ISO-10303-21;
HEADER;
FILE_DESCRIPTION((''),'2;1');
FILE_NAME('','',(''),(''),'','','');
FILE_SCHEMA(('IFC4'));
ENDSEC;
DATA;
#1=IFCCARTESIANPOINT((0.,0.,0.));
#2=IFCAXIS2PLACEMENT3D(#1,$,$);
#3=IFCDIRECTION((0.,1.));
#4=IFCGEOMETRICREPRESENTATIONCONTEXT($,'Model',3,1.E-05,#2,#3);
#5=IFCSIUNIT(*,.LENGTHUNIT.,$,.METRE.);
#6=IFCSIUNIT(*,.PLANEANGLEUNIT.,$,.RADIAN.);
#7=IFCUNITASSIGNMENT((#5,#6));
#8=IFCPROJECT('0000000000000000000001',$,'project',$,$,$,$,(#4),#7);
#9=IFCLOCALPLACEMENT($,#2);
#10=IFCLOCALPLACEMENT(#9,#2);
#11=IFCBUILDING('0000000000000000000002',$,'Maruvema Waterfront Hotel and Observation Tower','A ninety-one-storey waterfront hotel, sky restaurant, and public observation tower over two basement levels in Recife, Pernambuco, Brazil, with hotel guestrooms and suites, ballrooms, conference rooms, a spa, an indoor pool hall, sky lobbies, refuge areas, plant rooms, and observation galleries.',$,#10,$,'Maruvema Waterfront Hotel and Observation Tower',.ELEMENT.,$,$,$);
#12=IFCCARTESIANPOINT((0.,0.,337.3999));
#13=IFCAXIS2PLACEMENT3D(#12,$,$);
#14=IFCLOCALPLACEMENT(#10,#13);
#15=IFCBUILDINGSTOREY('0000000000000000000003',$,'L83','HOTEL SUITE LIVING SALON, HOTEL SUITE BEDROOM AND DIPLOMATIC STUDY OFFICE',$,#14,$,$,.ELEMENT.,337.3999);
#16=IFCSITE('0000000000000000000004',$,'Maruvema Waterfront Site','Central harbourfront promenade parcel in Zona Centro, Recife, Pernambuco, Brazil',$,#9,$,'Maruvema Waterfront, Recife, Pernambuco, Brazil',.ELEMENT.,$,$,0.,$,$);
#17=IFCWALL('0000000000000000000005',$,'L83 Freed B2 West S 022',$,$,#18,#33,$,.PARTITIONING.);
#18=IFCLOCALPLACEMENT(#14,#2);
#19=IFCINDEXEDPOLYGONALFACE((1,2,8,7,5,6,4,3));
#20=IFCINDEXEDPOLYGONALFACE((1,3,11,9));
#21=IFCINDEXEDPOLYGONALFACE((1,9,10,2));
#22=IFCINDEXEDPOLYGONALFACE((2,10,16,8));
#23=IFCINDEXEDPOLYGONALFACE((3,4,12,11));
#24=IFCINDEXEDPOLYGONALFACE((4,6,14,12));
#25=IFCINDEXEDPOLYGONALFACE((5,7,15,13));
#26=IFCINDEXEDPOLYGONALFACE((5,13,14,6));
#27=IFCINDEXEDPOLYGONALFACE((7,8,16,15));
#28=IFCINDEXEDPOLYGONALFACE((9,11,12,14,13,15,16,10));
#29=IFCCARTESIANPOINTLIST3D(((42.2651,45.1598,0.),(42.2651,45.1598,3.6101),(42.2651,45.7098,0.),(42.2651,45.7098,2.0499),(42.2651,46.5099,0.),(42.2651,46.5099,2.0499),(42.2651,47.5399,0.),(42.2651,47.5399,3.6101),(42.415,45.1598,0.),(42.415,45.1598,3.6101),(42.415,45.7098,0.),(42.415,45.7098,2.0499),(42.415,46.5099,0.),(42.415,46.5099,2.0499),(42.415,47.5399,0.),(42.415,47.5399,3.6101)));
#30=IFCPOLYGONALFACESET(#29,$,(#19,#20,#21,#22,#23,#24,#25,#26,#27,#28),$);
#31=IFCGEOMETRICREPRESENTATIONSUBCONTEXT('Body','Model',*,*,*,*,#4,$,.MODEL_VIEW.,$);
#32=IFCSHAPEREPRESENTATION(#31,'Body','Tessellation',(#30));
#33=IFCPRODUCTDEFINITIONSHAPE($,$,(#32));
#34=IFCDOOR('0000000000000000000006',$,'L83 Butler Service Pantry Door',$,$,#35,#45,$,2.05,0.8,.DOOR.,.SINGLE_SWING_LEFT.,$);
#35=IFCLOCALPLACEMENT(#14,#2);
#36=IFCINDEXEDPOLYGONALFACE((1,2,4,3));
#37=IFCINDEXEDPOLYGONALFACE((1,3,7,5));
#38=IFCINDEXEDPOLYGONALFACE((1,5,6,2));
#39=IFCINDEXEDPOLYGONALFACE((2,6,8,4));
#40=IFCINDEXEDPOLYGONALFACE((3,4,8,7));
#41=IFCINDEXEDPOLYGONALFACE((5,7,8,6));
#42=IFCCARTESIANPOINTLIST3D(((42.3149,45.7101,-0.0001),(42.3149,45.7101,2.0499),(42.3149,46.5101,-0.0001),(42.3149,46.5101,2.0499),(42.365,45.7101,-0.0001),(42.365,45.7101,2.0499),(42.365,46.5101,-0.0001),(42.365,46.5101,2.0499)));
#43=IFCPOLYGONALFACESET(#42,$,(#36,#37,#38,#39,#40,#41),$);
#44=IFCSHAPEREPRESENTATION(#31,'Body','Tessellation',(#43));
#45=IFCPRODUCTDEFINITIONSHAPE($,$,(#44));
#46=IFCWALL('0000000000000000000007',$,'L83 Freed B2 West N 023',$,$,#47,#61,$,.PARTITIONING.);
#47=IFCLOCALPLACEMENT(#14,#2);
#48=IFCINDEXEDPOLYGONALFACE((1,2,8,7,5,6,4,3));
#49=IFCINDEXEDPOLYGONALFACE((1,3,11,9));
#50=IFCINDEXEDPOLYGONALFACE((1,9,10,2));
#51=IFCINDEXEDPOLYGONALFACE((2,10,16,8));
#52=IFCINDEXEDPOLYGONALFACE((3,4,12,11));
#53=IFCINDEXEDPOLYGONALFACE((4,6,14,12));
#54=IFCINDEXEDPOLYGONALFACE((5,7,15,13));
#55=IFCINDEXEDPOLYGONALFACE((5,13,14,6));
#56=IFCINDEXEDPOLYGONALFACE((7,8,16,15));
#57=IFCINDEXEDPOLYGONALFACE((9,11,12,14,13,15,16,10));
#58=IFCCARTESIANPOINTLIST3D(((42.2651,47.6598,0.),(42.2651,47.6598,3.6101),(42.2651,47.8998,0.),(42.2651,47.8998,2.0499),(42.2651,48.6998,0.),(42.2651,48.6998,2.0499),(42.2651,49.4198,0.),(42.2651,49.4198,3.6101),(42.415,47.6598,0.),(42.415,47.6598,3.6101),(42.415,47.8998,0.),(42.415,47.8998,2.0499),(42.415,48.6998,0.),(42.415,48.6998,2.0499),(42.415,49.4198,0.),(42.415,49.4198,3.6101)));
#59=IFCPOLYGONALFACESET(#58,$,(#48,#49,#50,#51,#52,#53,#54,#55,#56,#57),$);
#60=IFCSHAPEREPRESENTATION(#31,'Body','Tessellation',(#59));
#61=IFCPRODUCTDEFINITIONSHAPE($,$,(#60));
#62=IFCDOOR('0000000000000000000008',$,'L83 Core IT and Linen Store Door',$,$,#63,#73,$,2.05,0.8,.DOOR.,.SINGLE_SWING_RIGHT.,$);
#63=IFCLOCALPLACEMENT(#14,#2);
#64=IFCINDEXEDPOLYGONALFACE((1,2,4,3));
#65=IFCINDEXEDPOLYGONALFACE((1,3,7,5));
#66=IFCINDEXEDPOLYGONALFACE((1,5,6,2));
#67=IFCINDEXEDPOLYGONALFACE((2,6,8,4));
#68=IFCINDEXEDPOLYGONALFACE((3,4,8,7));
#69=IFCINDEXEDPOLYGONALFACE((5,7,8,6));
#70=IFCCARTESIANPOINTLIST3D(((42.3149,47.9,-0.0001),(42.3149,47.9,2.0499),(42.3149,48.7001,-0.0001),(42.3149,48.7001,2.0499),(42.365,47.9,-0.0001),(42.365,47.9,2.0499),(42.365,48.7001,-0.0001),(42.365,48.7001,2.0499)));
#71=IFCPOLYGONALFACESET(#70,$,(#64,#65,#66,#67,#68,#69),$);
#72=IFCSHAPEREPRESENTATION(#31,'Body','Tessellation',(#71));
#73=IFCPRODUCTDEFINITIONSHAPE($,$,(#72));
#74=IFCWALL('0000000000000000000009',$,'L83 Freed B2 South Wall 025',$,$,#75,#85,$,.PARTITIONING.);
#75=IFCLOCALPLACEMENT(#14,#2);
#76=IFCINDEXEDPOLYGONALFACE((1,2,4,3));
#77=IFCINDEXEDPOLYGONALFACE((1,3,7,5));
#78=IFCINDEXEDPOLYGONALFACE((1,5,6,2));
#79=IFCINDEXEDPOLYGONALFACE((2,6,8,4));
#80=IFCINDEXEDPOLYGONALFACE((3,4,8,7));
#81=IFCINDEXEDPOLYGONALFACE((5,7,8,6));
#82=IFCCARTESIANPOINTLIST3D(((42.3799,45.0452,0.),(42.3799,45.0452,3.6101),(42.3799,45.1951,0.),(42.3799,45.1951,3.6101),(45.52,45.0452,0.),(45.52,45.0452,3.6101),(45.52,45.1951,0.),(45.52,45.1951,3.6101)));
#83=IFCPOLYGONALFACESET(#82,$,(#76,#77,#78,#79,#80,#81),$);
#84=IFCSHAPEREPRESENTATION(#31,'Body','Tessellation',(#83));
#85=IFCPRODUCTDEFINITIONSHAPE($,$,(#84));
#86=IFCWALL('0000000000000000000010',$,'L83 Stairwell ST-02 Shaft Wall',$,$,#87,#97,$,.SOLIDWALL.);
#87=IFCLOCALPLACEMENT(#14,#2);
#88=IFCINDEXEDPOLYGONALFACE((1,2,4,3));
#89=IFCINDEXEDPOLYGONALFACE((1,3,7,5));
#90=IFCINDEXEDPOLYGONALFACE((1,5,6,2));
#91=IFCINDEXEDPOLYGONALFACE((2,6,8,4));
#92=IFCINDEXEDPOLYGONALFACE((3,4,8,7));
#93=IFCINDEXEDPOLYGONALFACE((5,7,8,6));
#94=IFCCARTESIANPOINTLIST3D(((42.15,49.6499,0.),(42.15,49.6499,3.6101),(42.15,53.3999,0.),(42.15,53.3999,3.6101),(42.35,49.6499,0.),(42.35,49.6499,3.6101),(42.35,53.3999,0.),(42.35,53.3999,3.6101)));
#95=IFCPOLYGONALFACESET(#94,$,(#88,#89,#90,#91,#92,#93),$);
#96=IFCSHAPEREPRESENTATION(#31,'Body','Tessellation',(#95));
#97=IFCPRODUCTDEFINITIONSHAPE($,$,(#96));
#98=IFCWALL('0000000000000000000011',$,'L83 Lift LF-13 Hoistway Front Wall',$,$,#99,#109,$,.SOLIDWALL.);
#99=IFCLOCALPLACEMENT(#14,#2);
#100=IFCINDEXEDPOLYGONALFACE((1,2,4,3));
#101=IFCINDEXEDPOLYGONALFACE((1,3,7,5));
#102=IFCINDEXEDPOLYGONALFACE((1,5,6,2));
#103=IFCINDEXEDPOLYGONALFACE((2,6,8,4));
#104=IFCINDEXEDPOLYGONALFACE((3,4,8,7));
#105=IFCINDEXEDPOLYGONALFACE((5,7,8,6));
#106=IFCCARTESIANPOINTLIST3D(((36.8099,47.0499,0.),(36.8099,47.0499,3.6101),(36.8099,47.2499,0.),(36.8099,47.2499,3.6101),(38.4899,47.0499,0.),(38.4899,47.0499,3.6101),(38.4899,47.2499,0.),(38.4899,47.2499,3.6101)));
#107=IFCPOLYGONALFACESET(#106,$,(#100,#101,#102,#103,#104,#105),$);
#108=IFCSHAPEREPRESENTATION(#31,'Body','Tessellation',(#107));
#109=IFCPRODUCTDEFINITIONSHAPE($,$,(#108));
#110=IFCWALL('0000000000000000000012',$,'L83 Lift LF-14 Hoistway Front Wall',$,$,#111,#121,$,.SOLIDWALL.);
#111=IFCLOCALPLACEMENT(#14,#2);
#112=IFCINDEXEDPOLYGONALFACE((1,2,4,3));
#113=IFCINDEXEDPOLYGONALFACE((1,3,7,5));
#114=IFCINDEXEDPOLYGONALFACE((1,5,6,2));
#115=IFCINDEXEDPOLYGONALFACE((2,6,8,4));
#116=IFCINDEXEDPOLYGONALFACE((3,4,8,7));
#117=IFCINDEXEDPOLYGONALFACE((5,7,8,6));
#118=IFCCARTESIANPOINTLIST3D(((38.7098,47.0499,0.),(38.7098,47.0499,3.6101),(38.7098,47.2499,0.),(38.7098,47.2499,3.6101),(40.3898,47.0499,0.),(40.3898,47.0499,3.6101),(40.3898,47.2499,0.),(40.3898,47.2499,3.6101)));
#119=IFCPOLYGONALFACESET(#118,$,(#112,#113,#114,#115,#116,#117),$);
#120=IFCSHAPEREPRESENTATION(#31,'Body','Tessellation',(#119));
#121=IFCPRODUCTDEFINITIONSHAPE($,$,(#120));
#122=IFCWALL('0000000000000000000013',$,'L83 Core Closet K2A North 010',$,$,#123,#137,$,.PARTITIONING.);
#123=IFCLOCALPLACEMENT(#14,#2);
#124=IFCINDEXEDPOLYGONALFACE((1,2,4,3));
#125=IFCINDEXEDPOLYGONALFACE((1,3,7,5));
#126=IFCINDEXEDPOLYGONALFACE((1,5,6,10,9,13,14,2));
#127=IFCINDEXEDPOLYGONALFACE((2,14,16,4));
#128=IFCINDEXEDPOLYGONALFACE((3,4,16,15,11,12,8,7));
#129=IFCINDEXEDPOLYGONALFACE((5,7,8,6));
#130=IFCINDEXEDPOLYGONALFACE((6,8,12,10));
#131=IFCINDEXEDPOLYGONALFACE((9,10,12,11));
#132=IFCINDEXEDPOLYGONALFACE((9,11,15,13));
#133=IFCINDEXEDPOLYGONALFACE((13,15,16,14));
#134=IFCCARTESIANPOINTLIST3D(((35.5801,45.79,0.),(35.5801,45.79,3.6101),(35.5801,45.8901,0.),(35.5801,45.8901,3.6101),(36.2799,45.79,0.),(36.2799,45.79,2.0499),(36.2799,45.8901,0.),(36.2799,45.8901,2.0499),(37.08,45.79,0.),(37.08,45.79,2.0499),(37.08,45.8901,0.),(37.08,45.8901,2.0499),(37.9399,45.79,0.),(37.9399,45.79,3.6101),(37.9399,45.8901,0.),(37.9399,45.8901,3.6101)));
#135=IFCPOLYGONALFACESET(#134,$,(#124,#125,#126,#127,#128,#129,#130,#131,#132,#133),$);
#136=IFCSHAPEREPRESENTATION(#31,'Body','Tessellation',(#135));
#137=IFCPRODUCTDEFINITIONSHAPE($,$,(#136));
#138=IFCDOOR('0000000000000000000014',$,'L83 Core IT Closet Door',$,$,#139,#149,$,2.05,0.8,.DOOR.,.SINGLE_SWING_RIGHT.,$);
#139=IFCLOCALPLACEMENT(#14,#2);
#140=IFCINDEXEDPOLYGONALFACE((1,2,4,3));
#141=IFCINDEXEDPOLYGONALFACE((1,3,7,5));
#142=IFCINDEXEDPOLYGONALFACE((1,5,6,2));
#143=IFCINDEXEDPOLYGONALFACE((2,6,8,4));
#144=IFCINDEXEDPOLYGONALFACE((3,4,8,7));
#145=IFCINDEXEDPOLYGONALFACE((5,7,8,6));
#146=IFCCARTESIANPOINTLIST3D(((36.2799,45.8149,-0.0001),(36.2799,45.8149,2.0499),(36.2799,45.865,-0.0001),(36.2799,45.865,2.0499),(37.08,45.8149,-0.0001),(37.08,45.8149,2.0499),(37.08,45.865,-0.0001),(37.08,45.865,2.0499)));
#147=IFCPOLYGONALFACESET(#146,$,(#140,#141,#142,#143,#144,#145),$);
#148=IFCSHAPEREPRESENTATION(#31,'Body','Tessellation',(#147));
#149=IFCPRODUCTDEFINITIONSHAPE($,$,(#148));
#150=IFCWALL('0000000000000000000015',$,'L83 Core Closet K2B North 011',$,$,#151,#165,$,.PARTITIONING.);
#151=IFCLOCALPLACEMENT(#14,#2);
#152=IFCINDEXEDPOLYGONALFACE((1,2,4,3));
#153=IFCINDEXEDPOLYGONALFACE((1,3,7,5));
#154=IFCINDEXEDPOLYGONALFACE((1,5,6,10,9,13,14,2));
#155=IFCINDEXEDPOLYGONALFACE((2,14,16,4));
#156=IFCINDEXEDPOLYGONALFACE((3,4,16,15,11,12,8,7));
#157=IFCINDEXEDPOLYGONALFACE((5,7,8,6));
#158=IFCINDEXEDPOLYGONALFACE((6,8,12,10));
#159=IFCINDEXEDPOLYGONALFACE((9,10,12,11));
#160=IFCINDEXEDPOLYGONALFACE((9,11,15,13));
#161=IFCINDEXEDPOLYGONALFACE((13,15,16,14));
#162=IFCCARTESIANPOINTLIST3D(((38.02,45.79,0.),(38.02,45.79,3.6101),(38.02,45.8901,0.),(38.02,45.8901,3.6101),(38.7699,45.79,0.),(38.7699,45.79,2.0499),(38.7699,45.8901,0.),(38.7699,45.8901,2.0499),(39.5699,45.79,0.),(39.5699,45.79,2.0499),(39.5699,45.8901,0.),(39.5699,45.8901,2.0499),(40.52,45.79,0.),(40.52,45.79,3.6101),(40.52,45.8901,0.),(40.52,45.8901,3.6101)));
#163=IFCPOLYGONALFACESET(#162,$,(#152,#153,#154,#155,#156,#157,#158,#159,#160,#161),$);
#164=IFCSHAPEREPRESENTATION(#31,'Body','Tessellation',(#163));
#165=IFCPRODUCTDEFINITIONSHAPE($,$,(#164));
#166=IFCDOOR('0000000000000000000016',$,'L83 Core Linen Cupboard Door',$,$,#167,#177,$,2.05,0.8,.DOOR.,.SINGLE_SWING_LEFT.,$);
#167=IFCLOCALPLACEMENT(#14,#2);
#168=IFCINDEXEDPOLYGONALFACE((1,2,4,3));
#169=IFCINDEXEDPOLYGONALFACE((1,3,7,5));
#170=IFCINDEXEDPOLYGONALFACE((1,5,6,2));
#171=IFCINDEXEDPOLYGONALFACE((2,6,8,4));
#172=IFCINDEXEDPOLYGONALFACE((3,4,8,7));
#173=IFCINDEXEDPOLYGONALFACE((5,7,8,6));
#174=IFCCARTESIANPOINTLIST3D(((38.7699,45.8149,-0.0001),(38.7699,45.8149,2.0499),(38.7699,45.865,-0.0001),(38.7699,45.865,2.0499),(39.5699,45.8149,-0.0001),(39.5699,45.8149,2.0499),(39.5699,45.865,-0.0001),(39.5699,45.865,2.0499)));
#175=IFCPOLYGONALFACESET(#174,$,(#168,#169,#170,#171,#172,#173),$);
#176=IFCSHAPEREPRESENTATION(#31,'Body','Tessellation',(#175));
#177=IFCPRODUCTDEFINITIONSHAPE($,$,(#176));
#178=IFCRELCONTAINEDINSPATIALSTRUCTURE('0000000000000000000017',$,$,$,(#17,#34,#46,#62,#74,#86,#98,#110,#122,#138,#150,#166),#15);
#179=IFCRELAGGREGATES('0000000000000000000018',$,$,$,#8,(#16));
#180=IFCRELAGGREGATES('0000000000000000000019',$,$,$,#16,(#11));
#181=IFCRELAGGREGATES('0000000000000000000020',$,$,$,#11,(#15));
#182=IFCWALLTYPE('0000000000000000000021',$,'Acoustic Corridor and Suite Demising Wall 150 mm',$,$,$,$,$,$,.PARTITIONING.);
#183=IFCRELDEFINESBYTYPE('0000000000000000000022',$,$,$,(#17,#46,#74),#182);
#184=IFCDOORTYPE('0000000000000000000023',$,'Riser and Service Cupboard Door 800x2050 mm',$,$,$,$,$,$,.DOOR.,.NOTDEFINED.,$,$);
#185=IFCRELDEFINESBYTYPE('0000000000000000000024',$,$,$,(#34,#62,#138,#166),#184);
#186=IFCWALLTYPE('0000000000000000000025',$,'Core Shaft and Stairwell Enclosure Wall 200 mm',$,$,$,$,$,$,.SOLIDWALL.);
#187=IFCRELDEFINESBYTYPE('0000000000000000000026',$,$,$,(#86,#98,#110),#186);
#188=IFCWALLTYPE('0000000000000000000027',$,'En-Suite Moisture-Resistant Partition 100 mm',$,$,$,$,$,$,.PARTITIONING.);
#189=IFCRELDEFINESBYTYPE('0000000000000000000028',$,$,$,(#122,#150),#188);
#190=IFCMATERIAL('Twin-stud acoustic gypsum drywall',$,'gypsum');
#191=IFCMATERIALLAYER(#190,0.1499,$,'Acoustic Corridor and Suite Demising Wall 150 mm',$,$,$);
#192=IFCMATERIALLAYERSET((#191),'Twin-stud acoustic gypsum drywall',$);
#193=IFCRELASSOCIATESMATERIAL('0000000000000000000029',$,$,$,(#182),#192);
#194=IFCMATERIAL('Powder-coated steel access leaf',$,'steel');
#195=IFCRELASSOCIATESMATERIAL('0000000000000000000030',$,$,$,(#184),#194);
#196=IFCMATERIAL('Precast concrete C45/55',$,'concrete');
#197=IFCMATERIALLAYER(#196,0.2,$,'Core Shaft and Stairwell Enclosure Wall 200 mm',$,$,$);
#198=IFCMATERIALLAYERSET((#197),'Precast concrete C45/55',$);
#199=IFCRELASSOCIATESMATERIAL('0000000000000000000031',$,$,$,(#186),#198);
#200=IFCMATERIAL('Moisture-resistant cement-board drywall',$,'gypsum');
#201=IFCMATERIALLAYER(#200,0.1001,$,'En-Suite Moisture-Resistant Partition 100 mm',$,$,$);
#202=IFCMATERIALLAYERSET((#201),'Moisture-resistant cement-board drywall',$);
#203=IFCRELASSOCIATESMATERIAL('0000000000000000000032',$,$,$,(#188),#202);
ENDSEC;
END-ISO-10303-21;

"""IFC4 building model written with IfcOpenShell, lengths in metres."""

from ifc_helpers import new_model, si_unit, direction, frame, frame_2d, origin, place, context, subcontext, project, spatial, rectangle, extrude, material, layer, layer_set, type_object, element, fill, save


model = new_model("IFC4")

# Units and contexts
model_context = context("Model", 3, precision=1e-05, world=origin(), true_north=direction((0.0, 1.0)))
body_context = subcontext(model_context, "Body", "Model", "MODEL_VIEW")
ifc_project = project(units=[si_unit("LENGTHUNIT", "METRE"), si_unit("PLANEANGLEUNIT", "RADIAN")], contexts=[model_context])

# Site, building, storey
site_placement = place(None, origin())
site = spatial("IfcSite", under=ifc_project, at=site_placement, Name="Maruvema Waterfront Site", Description="Central harbourfront promenade parcel in Zona Centro, Recife, Pernambuco, Brazil", LongName="Maruvema Waterfront, Recife, Pernambuco, Brazil", CompositionType="ELEMENT", RefElevation=0.0)
building_placement = place(site_placement, origin())
building = spatial("IfcBuilding", under=site, at=building_placement, Name="Maruvema Waterfront Hotel and Observation Tower", Description="A ninety-one-storey waterfront hotel, sky restaurant, and public observation tower over two basement levels in Recife, Pernambuco, Brazil, with hotel guestrooms and suites, ballrooms, conference rooms, a spa, an indoor pool hall, sky lobbies, refuge areas, plant rooms, and observation galleries.", LongName="Maruvema Waterfront Hotel and Observation Tower", CompositionType="ELEMENT")
storey_placement = place(building_placement, frame((0.0, 0.0, 337.3999)))
storey = spatial("IfcBuildingStorey", under=building, at=storey_placement, Name="L83", Description="HOTEL SUITE LIVING SALON, HOTEL SUITE BEDROOM AND DIPLOMATIC STUDY OFFICE", CompositionType="ELEMENT", Elevation=337.3999)

# Walls, openings, doors
ifc_material_1 = material(Name="Twin-stud acoustic gypsum drywall", Category="gypsum")
ifc_layer_1 = layer(ifc_material_1, 0.1499, Name="Acoustic Corridor and Suite Demising Wall 150 mm")
ifc_layer_set_1 = layer_set([ifc_layer_1], Name="Twin-stud acoustic gypsum drywall")
wall_type_1 = type_object("IfcWallType", Name="Acoustic Corridor and Suite Demising Wall 150 mm", PredefinedType="PARTITIONING", material=ifc_layer_set_1)
wall_1_placement = place(storey_placement, frame((42.3401, 45.1599, 0.0), z_axis=(0.0, 0.0, 1.0), x_axis=(0.0, 1.0, 0.0)))
wall_1 = element("IfcWall", 1, at=wall_1_placement, inside=storey, type_object=wall_type_1, Name="L83 Freed B2 West S 022", PredefinedType="PARTITIONING", context=body_context, shape_type="SweptSolid", body=[
    extrude(rectangle(XDim=2.3801, YDim=0.1499, at=frame_2d((1.1899, 0.0))), origin(), (0.0, 0.0, 1.0), 3.6101),
])
opening_1_placement = place(wall_1_placement, frame((0.55, 0.0, 0.0)))
opening_1 = element("IfcOpeningElement", 2, at=opening_1_placement, cuts=wall_1, PredefinedType="OPENING", context=body_context, shape_type="SweptSolid", body=[
    extrude(rectangle(XDim=0.8, YDim=2.05, at=frame_2d((0.3999, 1.0249))), frame((0.0, 0.085, 0.0), z_axis=(0.0, -1.0, 0.0), x_axis=(1.0, 0.0, 0.0)), (0.0, 0.0, 1.0), 0.1699),
])
ifc_material_2 = material(Name="Powder-coated steel access leaf", Category="steel")
door_type = type_object("IfcDoorType", Name="Riser and Service Cupboard Door 800x2050 mm", OperationType="NOTDEFINED", PredefinedType="DOOR", material=ifc_material_2)
door_1_placement = place(opening_1_placement, frame((0.8, 0.0, 0.0), z_axis=(0.0, 0.0, 1.0), x_axis=(-1.0, 0.0, 0.0)))
door_1 = element("IfcDoor", 3, at=door_1_placement, inside=storey, type_object=door_type, Name="L83 Butler Service Pantry Door", OperationType="SINGLE_SWING_LEFT", OverallHeight=2.05, OverallWidth=0.8, PredefinedType="DOOR", context=body_context, shape_type="SweptSolid", body=[
    extrude(rectangle(XDim=0.8, YDim=2.05, at=frame_2d((0.3999, 1.0249))), frame((0.0, 0.0249, 0.0), z_axis=(0.0, -1.0, 0.0), x_axis=(1.0, 0.0, 0.0)), (0.0, 0.0, 1.0), 0.05),
])
fill(opening_1, door_1)
wall_2_placement = place(storey_placement, frame((42.3401, 47.6599, 0.0), z_axis=(0.0, 0.0, 1.0), x_axis=(0.0, 1.0, 0.0)))
wall_2 = element("IfcWall", 4, at=wall_2_placement, inside=storey, type_object=wall_type_1, Name="L83 Freed B2 West N 023", PredefinedType="PARTITIONING", context=body_context, shape_type="SweptSolid", body=[
    extrude(rectangle(XDim=1.76, YDim=0.1499, at=frame_2d((0.8799, 0.0))), origin(), (0.0, 0.0, 1.0), 3.6101),
])
opening_2_placement = place(wall_2_placement, frame((0.24, 0.0, 0.0)))
opening_2 = element("IfcOpeningElement", 5, at=opening_2_placement, cuts=wall_2, PredefinedType="OPENING", context=body_context, shape_type="SweptSolid", body=[
    extrude(rectangle(XDim=0.8, YDim=2.05, at=frame_2d((0.3999, 1.0249))), frame((0.0, 0.085, 0.0), z_axis=(0.0, -1.0, 0.0), x_axis=(1.0, 0.0, 0.0)), (0.0, 0.0, 1.0), 0.1699),
])
door_2_placement = place(opening_2_placement, frame((0.8, 0.0, 0.0), z_axis=(0.0, 0.0, 1.0), x_axis=(-1.0, 0.0, 0.0)))
door_2 = element("IfcDoor", 6, at=door_2_placement, inside=storey, type_object=door_type, Name="L83 Core IT and Linen Store Door", OperationType="SINGLE_SWING_RIGHT", OverallHeight=2.05, OverallWidth=0.8, PredefinedType="DOOR", context=body_context, shape_type="SweptSolid", body=[
    extrude(rectangle(XDim=0.8, YDim=2.05, at=frame_2d((0.3999, 1.0249))), frame((0.0, 0.0249, 0.0), z_axis=(0.0, -1.0, 0.0), x_axis=(1.0, 0.0, 0.0)), (0.0, 0.0, 1.0), 0.05),
])
fill(opening_2, door_2)

# Walls
wall_3_placement = place(storey_placement, frame((42.3799, 45.1201, 0.0), z_axis=(0.0, 0.0, 1.0), x_axis=(1.0, 0.0, 0.0)))
element("IfcWall", 7, at=wall_3_placement, inside=storey, type_object=wall_type_1, Name="L83 Freed B2 South Wall 025", PredefinedType="PARTITIONING", context=body_context, shape_type="SweptSolid", body=[
    extrude(rectangle(XDim=3.1401, YDim=0.1499, at=frame_2d((1.5701, 0.0))), origin(), (0.0, 0.0, 1.0), 3.6101),
])
ifc_material_3 = material(Name="Precast concrete C45/55", Category="concrete")
ifc_layer_2 = layer(ifc_material_3, 0.2, Name="Core Shaft and Stairwell Enclosure Wall 200 mm")
ifc_layer_set_2 = layer_set([ifc_layer_2], Name="Precast concrete C45/55")
wall_type_2 = type_object("IfcWallType", Name="Core Shaft and Stairwell Enclosure Wall 200 mm", PredefinedType="SOLIDWALL", material=ifc_layer_set_2)
wall_4_placement = place(storey_placement, frame((42.25, 49.6499, 0.0), z_axis=(0.0, 0.0, 1.0), x_axis=(0.0, 1.0, 0.0)))
element("IfcWall", 8, at=wall_4_placement, inside=storey, type_object=wall_type_2, Name="L83 Stairwell ST-02 Shaft Wall", PredefinedType="SOLIDWALL", context=body_context, shape_type="SweptSolid", body=[
    extrude(rectangle(XDim=3.75, YDim=0.2, at=frame_2d((1.875, 0.0))), origin(), (0.0, 0.0, 1.0), 3.6101),
])
for number, where, z_axis, x_axis, name in (
    (9, (36.8101, 47.1499, 0.0), (0.0, 0.0, 1.0), (1.0, 0.0, 0.0), "L83 Lift LF-13 Hoistway Front Wall"),
    (10, (38.71, 47.1499, 0.0), (0.0, 0.0, 1.0), (1.0, 0.0, 0.0), "L83 Lift LF-14 Hoistway Front Wall"),
):
    element("IfcWall", number, at=place(storey_placement, frame(where, z_axis=z_axis, x_axis=x_axis)), inside=storey, type_object=wall_type_2, Name=name, PredefinedType="SOLIDWALL", context=body_context, shape_type="SweptSolid", body=[
        extrude(rectangle(XDim=1.6799, YDim=0.2, at=frame_2d((0.8398, 0.0))), origin(), (0.0, 0.0, 1.0), 3.6101),
    ])

# Walls, openings, doors
ifc_material_4 = material(Name="Moisture-resistant cement-board drywall", Category="gypsum")
ifc_layer_3 = layer(ifc_material_4, 0.1001, Name="En-Suite Moisture-Resistant Partition 100 mm")
ifc_layer_set_3 = layer_set([ifc_layer_3], Name="Moisture-resistant cement-board drywall")
wall_type_3 = type_object("IfcWallType", Name="En-Suite Moisture-Resistant Partition 100 mm", PredefinedType="PARTITIONING", material=ifc_layer_set_3)
wall_5_placement = place(storey_placement, frame((35.5801, 45.8401, 0.0), z_axis=(0.0, 0.0, 1.0), x_axis=(1.0, 0.0, 0.0)))
wall_5 = element("IfcWall", 11, at=wall_5_placement, inside=storey, type_object=wall_type_3, Name="L83 Core Closet K2A North 010", PredefinedType="PARTITIONING", context=body_context, shape_type="SweptSolid", body=[
    extrude(rectangle(XDim=2.3599, YDim=0.1001, at=frame_2d((1.1799, 0.0))), origin(), (0.0, 0.0, 1.0), 3.6101),
])
opening_3_placement = place(wall_5_placement, frame((0.7, 0.0, 0.0)))
opening_3 = element("IfcOpeningElement", 12, at=opening_3_placement, cuts=wall_5, PredefinedType="OPENING", context=body_context, shape_type="SweptSolid", body=[
    extrude(rectangle(XDim=0.8, YDim=2.05, at=frame_2d((0.3999, 1.0249))), frame((0.0, 0.0601, 0.0), z_axis=(0.0, -1.0, 0.0), x_axis=(1.0, 0.0, 0.0)), (0.0, 0.0, 1.0), 0.1201),
])
door_3_placement = place(opening_3_placement, origin())
door_3 = element("IfcDoor", 13, at=door_3_placement, inside=storey, type_object=door_type, Name="L83 Core IT Closet Door", OperationType="SINGLE_SWING_RIGHT", OverallHeight=2.05, OverallWidth=0.8, PredefinedType="DOOR", context=body_context, shape_type="SweptSolid", body=[
    extrude(rectangle(XDim=0.8, YDim=2.05, at=frame_2d((0.3999, 1.0249))), frame((0.0, 0.0249, 0.0), z_axis=(0.0, -1.0, 0.0), x_axis=(1.0, 0.0, 0.0)), (0.0, 0.0, 1.0), 0.05),
])
fill(opening_3, door_3)
wall_6_placement = place(storey_placement, frame((38.02, 45.8401, 0.0), z_axis=(0.0, 0.0, 1.0), x_axis=(1.0, 0.0, 0.0)))
wall_6 = element("IfcWall", 14, at=wall_6_placement, inside=storey, type_object=wall_type_3, Name="L83 Core Closet K2B North 011", PredefinedType="PARTITIONING", context=body_context, shape_type="SweptSolid", body=[
    extrude(rectangle(XDim=2.5, YDim=0.1001, at=frame_2d((1.25, 0.0))), origin(), (0.0, 0.0, 1.0), 3.6101),
])
opening_4_placement = place(wall_6_placement, frame((0.75, 0.0, 0.0)))
opening_4 = element("IfcOpeningElement", 15, at=opening_4_placement, cuts=wall_6, PredefinedType="OPENING", context=body_context, shape_type="SweptSolid", body=[
    extrude(rectangle(XDim=0.8, YDim=2.05, at=frame_2d((0.3999, 1.0249))), frame((0.0, 0.0601, 0.0), z_axis=(0.0, -1.0, 0.0), x_axis=(1.0, 0.0, 0.0)), (0.0, 0.0, 1.0), 0.1201),
])
door_4_placement = place(opening_4_placement, origin())
door_4 = element("IfcDoor", 16, at=door_4_placement, inside=storey, type_object=door_type, Name="L83 Core Linen Cupboard Door", OperationType="SINGLE_SWING_LEFT", OverallHeight=2.05, OverallWidth=0.8, PredefinedType="DOOR", context=body_context, shape_type="SweptSolid", body=[
    extrude(rectangle(XDim=0.8, YDim=2.05, at=frame_2d((0.3999, 1.0249))), frame((0.0, 0.0249, 0.0), z_axis=(0.0, -1.0, 0.0), x_axis=(1.0, 0.0, 0.0)), (0.0, 0.0, 1.0), 0.05),
])
fill(opening_4, door_4)

save(model, "model.ifc")
